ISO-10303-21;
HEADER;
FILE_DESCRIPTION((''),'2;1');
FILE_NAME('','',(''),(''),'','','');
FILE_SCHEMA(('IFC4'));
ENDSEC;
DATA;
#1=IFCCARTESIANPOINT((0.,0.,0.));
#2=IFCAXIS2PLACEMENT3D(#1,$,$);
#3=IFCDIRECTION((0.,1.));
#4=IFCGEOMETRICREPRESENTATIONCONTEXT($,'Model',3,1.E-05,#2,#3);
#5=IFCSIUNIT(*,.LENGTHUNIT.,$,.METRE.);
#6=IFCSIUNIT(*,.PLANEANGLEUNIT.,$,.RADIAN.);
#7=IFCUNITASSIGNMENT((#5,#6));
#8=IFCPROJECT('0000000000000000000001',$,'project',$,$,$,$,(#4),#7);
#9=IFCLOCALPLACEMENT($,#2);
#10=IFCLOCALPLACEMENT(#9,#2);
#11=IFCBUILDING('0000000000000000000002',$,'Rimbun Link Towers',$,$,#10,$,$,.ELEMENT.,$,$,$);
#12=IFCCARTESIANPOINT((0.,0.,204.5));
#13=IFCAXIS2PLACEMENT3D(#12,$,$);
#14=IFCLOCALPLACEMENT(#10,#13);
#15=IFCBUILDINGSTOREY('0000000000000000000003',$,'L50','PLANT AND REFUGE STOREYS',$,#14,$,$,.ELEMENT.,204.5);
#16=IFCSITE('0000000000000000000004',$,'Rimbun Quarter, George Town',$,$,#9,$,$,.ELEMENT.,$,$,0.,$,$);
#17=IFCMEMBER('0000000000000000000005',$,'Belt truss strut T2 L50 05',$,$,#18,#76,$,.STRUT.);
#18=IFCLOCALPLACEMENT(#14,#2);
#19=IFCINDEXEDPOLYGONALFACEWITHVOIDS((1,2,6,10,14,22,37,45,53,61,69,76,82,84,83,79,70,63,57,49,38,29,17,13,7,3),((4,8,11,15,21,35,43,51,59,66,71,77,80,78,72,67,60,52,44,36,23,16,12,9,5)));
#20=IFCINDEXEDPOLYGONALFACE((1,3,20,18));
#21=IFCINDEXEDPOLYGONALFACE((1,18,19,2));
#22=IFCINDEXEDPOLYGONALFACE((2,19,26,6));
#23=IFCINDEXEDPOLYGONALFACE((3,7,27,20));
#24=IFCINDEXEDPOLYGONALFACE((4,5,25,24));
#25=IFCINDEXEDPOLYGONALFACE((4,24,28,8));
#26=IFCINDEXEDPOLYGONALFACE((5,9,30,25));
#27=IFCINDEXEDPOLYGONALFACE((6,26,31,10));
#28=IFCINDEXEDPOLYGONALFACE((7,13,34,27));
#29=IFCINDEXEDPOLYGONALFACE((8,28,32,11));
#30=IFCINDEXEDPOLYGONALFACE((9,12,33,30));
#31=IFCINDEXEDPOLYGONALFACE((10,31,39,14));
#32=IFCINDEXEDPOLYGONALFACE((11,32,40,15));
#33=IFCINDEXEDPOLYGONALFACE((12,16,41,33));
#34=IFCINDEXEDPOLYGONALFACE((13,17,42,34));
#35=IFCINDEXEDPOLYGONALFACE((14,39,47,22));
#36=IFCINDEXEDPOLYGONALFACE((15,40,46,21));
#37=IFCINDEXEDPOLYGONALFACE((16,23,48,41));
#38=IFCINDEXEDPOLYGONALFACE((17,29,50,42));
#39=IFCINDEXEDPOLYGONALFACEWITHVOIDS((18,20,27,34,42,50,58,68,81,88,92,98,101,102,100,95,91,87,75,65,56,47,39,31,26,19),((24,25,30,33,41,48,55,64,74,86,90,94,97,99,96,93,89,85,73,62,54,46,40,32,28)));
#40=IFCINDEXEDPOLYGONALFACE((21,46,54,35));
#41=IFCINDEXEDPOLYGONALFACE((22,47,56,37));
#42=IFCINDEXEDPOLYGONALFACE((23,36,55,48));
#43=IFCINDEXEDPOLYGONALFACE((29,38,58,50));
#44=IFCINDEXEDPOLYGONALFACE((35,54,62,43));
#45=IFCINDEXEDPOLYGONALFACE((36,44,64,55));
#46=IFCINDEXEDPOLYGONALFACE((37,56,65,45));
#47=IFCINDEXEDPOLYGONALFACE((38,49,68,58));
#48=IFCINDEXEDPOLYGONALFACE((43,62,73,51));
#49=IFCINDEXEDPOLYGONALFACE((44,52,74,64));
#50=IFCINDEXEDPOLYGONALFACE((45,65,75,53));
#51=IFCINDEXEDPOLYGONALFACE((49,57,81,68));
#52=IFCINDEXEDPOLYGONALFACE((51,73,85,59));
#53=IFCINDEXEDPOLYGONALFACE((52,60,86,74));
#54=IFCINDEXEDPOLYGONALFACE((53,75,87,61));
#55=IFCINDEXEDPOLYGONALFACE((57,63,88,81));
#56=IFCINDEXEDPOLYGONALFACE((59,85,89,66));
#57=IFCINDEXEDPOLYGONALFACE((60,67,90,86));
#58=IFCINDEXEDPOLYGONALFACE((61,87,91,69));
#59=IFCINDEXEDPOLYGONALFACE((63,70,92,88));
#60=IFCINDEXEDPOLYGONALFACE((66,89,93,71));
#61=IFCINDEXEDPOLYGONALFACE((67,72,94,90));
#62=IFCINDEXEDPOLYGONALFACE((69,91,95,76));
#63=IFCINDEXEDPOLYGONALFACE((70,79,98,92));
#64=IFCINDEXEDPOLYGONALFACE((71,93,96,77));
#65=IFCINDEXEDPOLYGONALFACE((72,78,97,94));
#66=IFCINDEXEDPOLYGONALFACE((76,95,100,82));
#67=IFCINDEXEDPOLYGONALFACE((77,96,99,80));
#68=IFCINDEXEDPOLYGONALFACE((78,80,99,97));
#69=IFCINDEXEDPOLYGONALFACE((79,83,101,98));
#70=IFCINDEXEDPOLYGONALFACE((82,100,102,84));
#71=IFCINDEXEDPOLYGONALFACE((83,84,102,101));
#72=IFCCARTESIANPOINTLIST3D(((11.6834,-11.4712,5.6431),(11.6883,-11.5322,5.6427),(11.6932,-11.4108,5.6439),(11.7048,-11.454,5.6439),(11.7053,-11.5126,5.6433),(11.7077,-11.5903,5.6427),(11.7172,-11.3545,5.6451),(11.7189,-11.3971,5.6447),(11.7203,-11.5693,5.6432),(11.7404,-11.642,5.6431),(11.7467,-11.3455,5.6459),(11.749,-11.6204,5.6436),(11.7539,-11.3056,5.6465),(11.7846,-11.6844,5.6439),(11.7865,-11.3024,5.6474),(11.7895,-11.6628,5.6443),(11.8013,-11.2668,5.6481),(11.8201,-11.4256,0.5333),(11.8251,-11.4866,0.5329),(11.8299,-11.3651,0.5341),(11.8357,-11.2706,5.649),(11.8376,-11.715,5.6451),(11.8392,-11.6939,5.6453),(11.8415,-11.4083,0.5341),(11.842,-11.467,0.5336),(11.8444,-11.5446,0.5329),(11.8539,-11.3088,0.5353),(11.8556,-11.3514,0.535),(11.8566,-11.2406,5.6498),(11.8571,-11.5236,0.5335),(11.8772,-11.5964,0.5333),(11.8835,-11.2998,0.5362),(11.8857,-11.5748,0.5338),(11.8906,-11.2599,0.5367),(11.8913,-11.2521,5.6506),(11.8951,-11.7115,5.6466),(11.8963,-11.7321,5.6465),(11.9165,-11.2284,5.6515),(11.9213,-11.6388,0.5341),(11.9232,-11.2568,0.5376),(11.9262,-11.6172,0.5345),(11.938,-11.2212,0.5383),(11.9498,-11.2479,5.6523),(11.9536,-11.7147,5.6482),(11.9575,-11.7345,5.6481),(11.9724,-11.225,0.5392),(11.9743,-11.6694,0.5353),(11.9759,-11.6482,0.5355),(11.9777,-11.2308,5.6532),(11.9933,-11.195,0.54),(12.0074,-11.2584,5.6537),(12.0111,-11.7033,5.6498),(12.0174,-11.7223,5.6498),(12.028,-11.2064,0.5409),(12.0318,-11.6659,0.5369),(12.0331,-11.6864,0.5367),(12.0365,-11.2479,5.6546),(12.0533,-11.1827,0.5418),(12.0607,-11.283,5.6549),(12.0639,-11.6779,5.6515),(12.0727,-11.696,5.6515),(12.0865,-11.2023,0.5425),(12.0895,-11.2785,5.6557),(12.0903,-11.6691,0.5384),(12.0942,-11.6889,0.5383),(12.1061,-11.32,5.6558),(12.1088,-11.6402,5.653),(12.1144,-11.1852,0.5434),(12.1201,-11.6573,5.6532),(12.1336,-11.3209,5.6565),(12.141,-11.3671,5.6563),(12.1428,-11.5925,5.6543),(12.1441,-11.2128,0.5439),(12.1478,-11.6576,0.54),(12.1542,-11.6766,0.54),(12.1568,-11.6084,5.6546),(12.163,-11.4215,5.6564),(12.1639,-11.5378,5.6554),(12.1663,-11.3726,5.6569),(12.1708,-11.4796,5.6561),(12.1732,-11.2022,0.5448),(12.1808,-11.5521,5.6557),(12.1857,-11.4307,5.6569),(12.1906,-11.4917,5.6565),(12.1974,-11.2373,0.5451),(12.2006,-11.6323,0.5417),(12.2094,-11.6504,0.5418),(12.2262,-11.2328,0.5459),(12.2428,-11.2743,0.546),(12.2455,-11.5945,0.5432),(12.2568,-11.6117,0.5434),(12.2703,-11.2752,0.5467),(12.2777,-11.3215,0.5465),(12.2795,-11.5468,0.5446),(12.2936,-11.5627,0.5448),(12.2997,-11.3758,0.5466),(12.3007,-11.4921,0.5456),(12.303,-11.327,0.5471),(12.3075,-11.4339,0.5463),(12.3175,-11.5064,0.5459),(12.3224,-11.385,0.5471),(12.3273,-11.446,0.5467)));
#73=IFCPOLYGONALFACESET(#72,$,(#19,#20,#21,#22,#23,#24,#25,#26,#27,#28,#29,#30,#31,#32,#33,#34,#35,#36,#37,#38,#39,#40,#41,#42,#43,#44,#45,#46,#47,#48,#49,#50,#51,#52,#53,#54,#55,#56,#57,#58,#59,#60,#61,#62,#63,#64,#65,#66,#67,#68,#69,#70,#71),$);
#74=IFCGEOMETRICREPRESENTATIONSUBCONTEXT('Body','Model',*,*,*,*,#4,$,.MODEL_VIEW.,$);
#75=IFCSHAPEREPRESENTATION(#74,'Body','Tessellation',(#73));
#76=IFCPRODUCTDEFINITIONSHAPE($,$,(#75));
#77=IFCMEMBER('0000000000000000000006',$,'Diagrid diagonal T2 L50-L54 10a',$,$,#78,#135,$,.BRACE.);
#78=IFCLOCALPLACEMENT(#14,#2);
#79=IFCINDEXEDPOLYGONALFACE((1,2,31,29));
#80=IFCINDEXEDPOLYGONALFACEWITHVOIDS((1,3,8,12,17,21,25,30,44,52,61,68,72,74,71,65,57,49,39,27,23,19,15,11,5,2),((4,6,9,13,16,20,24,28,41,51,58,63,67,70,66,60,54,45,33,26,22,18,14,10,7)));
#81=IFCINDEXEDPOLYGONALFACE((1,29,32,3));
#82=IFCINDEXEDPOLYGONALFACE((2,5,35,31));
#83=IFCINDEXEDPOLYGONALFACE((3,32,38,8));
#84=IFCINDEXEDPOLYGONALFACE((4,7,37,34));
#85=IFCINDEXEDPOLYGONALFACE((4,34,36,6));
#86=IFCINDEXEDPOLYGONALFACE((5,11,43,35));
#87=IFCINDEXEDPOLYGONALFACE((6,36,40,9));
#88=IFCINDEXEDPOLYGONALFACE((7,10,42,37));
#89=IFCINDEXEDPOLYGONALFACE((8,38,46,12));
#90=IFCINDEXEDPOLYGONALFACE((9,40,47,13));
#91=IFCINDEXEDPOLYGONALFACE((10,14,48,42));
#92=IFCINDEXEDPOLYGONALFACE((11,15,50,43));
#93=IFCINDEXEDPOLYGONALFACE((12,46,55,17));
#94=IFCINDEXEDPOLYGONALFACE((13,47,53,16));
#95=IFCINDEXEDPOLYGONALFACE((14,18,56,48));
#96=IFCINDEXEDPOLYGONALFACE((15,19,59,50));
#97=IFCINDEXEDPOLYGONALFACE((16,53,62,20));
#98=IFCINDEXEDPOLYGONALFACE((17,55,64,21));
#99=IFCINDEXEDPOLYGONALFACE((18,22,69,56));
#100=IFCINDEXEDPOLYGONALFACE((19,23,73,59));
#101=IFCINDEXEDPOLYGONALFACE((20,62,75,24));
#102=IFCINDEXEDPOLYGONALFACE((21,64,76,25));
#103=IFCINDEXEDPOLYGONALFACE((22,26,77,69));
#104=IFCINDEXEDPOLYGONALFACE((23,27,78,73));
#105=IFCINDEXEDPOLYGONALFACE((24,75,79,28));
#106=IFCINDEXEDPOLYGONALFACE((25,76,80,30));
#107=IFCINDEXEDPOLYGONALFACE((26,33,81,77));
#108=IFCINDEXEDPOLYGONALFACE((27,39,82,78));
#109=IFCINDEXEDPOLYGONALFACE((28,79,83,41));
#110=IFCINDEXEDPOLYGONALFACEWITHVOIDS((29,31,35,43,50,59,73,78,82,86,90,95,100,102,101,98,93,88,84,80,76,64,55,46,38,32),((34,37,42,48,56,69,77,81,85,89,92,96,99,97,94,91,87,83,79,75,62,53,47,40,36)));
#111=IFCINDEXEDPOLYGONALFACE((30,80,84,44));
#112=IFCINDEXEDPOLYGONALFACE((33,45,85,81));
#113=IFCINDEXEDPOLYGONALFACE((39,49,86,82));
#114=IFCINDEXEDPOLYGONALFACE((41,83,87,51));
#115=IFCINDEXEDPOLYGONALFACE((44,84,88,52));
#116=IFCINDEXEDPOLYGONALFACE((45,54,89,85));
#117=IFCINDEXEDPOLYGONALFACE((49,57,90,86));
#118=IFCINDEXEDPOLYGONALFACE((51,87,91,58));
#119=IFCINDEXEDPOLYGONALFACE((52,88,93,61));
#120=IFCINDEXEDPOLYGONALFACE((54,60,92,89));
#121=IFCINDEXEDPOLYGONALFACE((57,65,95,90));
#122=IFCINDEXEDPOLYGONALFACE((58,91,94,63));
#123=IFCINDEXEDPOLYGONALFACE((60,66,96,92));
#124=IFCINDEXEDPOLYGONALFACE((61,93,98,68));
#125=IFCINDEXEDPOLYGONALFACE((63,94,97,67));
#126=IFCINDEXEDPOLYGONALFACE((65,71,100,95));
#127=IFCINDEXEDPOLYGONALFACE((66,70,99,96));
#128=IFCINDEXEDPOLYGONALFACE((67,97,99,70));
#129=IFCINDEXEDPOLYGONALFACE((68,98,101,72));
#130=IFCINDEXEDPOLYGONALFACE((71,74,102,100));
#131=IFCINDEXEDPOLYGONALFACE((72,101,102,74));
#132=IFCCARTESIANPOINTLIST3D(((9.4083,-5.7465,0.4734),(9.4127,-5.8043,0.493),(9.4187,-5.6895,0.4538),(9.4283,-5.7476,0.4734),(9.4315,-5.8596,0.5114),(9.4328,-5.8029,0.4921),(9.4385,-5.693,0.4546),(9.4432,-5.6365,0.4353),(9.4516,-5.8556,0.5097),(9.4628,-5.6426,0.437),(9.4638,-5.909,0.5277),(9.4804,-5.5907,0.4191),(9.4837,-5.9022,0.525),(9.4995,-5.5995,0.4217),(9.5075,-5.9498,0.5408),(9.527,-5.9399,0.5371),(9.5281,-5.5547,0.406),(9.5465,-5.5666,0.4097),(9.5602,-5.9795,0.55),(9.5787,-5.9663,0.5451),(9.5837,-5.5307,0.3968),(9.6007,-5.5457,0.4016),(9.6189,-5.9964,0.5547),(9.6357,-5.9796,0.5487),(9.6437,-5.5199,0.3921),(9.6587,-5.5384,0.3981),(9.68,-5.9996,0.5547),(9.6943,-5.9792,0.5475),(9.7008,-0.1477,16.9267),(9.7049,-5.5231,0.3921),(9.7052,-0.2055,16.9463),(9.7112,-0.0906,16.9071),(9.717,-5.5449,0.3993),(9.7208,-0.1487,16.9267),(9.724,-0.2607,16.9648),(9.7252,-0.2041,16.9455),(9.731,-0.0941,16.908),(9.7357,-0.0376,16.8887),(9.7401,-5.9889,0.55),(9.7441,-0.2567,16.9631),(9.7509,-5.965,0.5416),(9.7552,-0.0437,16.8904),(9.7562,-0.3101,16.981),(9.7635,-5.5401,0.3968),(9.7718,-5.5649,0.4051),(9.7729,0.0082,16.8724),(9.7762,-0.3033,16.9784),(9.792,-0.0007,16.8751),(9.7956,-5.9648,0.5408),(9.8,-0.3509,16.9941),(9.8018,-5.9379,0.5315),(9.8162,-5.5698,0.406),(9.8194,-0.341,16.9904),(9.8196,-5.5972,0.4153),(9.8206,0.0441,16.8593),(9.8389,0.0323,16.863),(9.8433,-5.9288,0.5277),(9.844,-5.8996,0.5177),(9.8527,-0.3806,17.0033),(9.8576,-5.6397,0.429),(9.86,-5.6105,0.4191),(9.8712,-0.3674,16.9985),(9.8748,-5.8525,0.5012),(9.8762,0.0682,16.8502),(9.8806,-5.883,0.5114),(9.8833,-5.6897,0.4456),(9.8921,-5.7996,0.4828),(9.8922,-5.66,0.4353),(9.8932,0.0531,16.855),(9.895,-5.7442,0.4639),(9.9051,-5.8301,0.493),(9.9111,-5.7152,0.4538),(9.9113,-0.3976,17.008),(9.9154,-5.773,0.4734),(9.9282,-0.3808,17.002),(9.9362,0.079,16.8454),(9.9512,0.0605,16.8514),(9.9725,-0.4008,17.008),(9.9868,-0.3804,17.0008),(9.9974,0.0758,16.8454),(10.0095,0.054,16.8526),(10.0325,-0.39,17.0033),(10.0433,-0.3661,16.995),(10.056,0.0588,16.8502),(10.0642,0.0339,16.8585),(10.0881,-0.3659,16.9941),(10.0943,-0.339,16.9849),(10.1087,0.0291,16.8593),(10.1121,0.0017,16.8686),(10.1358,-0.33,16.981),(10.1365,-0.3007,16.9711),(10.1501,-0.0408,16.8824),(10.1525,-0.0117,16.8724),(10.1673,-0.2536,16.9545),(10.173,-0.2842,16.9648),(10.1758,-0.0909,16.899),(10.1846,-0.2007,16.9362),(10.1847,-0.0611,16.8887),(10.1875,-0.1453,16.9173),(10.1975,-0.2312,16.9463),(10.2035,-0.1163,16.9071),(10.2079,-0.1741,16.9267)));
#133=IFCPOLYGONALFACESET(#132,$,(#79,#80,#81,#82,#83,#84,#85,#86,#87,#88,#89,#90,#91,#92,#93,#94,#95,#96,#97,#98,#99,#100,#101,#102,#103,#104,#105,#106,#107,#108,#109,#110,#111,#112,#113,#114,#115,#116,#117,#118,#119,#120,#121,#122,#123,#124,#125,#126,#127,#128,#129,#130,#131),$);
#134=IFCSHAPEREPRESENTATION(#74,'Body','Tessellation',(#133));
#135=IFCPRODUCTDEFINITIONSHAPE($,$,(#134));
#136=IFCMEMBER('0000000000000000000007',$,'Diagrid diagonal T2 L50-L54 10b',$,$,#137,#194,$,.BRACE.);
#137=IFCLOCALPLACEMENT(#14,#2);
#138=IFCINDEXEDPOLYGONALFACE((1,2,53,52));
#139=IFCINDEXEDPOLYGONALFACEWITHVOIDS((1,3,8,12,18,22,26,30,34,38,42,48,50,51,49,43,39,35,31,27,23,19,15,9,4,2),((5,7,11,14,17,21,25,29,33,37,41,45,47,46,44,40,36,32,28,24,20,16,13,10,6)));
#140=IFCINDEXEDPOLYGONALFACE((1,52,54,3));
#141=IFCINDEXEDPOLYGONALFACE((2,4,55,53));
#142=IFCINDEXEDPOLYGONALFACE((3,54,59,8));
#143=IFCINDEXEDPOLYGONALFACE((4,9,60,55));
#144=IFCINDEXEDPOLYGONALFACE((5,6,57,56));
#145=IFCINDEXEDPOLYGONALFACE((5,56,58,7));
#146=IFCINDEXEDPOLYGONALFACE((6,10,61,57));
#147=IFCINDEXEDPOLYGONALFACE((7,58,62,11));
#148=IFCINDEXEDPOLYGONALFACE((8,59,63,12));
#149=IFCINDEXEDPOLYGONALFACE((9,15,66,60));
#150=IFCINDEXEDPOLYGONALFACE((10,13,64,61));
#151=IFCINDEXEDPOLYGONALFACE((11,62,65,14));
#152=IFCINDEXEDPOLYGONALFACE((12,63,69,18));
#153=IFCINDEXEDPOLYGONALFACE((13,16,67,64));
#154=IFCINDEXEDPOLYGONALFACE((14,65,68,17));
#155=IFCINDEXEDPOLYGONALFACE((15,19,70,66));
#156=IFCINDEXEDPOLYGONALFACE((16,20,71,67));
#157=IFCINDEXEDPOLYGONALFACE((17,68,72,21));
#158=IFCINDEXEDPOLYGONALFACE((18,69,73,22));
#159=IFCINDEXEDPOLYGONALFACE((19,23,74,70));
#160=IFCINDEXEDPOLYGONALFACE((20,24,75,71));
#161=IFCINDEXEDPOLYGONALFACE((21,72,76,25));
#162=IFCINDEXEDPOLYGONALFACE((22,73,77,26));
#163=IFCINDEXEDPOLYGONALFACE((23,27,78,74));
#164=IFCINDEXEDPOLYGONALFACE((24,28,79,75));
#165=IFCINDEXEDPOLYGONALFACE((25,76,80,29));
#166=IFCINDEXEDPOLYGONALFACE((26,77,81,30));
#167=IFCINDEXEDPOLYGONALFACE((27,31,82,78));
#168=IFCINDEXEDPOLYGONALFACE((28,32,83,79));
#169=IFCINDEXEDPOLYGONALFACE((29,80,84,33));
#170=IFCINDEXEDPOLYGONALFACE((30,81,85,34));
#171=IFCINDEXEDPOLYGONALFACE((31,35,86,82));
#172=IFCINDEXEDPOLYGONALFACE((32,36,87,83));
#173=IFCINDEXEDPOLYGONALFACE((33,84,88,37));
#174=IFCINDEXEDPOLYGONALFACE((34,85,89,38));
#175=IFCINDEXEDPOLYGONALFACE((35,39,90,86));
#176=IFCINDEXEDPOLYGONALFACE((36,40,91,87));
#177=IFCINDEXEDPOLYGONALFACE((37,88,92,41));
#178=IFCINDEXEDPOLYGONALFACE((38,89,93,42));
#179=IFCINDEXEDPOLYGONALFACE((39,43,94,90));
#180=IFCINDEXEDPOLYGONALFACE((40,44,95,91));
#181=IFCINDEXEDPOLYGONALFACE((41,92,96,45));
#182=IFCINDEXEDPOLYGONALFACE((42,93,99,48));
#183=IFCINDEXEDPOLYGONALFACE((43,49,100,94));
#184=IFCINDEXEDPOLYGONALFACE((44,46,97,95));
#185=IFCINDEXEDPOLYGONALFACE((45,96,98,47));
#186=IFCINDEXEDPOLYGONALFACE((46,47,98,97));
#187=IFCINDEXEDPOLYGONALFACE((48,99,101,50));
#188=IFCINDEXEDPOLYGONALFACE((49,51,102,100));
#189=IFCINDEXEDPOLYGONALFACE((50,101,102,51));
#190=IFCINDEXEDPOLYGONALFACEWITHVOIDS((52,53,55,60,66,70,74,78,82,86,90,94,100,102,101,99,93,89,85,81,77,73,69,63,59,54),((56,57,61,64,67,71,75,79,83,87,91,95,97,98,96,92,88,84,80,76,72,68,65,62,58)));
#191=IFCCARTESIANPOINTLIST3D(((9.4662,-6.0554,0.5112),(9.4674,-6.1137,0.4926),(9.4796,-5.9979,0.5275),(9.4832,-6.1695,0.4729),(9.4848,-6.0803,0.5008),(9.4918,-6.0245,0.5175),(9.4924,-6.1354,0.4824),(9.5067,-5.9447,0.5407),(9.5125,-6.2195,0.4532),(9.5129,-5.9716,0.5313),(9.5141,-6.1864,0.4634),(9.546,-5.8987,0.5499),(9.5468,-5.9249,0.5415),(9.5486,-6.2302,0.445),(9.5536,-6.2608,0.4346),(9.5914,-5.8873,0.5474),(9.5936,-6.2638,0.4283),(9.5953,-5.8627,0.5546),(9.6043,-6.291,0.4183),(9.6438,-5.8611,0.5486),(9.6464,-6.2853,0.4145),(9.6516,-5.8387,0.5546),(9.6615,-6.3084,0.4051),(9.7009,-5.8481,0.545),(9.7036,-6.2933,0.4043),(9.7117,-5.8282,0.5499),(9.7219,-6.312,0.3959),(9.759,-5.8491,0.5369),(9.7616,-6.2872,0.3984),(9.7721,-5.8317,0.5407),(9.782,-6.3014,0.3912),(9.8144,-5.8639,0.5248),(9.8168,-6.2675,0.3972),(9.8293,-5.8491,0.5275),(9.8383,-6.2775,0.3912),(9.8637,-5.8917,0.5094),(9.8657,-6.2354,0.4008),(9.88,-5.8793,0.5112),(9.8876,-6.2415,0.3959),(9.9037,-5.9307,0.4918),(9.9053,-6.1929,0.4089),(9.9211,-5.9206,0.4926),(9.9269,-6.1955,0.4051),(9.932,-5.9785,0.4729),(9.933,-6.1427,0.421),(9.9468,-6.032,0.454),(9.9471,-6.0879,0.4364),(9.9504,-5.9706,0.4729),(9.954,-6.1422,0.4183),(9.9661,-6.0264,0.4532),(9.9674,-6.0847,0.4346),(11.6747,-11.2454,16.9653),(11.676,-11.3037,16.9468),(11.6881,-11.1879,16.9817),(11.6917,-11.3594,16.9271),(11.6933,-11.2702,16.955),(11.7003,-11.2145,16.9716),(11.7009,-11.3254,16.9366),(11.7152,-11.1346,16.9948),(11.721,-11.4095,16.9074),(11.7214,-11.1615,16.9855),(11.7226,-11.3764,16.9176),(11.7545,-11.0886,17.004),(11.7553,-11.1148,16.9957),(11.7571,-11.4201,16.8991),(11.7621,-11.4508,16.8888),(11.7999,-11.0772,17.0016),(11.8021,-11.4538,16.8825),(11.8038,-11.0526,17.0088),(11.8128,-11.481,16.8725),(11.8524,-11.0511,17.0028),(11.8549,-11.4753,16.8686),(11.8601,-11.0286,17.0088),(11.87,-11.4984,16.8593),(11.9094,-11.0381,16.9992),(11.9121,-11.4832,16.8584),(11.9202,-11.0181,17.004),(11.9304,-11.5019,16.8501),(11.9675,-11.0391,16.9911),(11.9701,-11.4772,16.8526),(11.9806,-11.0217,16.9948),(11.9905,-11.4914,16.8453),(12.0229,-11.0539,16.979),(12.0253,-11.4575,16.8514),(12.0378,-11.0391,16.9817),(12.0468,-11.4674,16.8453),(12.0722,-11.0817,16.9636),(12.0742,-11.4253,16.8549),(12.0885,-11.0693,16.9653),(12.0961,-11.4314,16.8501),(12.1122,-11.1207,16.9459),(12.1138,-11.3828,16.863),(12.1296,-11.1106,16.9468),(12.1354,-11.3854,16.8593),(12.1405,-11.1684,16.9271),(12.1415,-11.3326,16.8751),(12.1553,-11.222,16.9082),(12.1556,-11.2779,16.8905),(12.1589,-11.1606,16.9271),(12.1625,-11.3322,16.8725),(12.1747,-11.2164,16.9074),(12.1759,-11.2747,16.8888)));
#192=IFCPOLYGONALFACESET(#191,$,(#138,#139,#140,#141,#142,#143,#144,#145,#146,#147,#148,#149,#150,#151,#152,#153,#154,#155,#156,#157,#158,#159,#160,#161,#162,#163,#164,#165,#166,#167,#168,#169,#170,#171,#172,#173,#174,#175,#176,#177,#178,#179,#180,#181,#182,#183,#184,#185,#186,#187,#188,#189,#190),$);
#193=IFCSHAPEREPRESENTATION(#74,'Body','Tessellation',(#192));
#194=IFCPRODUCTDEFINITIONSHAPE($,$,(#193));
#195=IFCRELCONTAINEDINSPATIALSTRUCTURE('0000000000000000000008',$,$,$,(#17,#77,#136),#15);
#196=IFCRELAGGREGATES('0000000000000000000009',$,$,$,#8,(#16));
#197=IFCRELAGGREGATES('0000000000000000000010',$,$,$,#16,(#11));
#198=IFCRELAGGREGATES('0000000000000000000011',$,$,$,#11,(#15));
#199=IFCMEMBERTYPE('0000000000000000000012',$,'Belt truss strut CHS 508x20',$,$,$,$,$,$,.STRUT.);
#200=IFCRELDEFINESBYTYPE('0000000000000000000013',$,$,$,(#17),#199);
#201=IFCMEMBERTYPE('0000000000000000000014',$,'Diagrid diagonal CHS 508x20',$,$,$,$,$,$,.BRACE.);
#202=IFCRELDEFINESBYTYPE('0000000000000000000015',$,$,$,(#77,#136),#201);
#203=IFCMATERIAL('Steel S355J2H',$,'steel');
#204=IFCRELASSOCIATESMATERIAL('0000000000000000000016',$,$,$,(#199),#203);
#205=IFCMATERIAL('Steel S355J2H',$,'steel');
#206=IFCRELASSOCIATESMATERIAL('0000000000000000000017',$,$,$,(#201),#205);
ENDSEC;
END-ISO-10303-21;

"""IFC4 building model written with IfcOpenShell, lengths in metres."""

from ifc_helpers import new_model, si_unit, direction, frame, origin, origin_2d, place, context, subcontext, project, spatial, hollow_circle, extrude, material, material_profile, profile_set, type_object, element, save


model = new_model("IFC4")

# Units and contexts
model_context = context("Model", 3, precision=1e-05, world=origin(), true_north=direction((0.0, 1.0)))
body_context = subcontext(model_context, "Body", "Model", "MODEL_VIEW")
ifc_project = project(units=[si_unit("LENGTHUNIT", "METRE"), si_unit("PLANEANGLEUNIT", "RADIAN")], contexts=[model_context])

# Site, building, storey
site_placement = place(None, origin())
site = spatial("IfcSite", under=ifc_project, at=site_placement, Name="Rimbun Quarter, George Town", CompositionType="ELEMENT", RefElevation=0.0)
building_placement = place(site_placement, origin())
building = spatial("IfcBuilding", under=site, at=building_placement, Name="Rimbun Link Towers", CompositionType="ELEMENT")
storey_placement = place(building_placement, frame((0.0, 0.0, 204.5)))
storey = spatial("IfcBuildingStorey", under=building, at=storey_placement, Name="L50", Description="PLANT AND REFUGE STOREYS", CompositionType="ELEMENT", Elevation=204.5)

# Members
ifc_material_1 = material(Name="Steel S355J2H", Category="steel")
ifc_material_profile_1 = material_profile(ifc_material_1, hollow_circle(Radius=0.2539, WallThickness=0.02, at=origin_2d()), Name="Belt truss strut CHS 508x20")
ifc_profile_set_1 = profile_set([ifc_material_profile_1], Name="Steel S355J2H")
member_type_1 = type_object("IfcMemberType", Name="Belt truss strut CHS 508x20", PredefinedType="STRUT", material=ifc_profile_set_1)
member_1_placement = place(storey_placement, frame((12.0737, -11.4358, 0.54), z_axis=(-0.026745, -0.008931, 0.999602), x_axis=(0.316736, -0.948514, 0.0)))
element("IfcMember", 1, at=member_1_placement, inside=storey, type_object=member_type_1, Name="Belt truss strut T2 L50 05", PredefinedType="STRUT", context=body_context, shape_type="SweptSolid", body=[
    extrude(hollow_circle(Radius=0.2539, WallThickness=0.02, at=origin_2d()), origin(), (0.0, 0.0, 1.0), 5.1118),
])
ifc_material_2 = material(Name="Steel S355J2H", Category="steel")
ifc_material_profile_2 = material_profile(ifc_material_2, hollow_circle(Radius=0.2539, WallThickness=0.02, at=origin_2d()), Name="Diagrid diagonal CHS 508x20")
ifc_profile_set_2 = profile_set([ifc_material_profile_2], Name="Steel S355J2H")
member_type_2 = type_object("IfcMemberType", Name="Diagrid diagonal CHS 508x20", PredefinedType="BRACE", material=ifc_profile_set_2)
member_2_placement = place(storey_placement, frame((9.6619, -5.7598, 0.4734), z_axis=(0.016826, 0.322101, 0.946556), x_axis=(-0.998638, 0.052168, 0.0)))
element("IfcMember", 2, at=member_2_placement, inside=storey, type_object=member_type_2, Name="Diagrid diagonal T2 L50-L54 10a", PredefinedType="BRACE", context=body_context, shape_type="SweptSolid", body=[
    extrude(hollow_circle(Radius=0.2539, WallThickness=0.02, at=origin_2d()), origin(), (0.0, 0.0, 1.0), 17.3823),
])
member_3_placement = place(storey_placement, frame((9.7168, -6.0701, 0.4729), z_axis=(0.126969, -0.298376, 0.945966), x_axis=(0.920154, 0.391557, 0.0)))
element("IfcMember", 3, at=member_3_placement, inside=storey, type_object=member_type_2, Name="Diagrid diagonal T2 L50-L54 10b", PredefinedType="BRACE", context=body_context, shape_type="SweptSolid", body=[
    extrude(hollow_circle(Radius=0.2539, WallThickness=0.02, at=origin_2d()), origin(), (0.0, 0.0, 1.0), 17.394),
])

save(model, "model.ifc")
